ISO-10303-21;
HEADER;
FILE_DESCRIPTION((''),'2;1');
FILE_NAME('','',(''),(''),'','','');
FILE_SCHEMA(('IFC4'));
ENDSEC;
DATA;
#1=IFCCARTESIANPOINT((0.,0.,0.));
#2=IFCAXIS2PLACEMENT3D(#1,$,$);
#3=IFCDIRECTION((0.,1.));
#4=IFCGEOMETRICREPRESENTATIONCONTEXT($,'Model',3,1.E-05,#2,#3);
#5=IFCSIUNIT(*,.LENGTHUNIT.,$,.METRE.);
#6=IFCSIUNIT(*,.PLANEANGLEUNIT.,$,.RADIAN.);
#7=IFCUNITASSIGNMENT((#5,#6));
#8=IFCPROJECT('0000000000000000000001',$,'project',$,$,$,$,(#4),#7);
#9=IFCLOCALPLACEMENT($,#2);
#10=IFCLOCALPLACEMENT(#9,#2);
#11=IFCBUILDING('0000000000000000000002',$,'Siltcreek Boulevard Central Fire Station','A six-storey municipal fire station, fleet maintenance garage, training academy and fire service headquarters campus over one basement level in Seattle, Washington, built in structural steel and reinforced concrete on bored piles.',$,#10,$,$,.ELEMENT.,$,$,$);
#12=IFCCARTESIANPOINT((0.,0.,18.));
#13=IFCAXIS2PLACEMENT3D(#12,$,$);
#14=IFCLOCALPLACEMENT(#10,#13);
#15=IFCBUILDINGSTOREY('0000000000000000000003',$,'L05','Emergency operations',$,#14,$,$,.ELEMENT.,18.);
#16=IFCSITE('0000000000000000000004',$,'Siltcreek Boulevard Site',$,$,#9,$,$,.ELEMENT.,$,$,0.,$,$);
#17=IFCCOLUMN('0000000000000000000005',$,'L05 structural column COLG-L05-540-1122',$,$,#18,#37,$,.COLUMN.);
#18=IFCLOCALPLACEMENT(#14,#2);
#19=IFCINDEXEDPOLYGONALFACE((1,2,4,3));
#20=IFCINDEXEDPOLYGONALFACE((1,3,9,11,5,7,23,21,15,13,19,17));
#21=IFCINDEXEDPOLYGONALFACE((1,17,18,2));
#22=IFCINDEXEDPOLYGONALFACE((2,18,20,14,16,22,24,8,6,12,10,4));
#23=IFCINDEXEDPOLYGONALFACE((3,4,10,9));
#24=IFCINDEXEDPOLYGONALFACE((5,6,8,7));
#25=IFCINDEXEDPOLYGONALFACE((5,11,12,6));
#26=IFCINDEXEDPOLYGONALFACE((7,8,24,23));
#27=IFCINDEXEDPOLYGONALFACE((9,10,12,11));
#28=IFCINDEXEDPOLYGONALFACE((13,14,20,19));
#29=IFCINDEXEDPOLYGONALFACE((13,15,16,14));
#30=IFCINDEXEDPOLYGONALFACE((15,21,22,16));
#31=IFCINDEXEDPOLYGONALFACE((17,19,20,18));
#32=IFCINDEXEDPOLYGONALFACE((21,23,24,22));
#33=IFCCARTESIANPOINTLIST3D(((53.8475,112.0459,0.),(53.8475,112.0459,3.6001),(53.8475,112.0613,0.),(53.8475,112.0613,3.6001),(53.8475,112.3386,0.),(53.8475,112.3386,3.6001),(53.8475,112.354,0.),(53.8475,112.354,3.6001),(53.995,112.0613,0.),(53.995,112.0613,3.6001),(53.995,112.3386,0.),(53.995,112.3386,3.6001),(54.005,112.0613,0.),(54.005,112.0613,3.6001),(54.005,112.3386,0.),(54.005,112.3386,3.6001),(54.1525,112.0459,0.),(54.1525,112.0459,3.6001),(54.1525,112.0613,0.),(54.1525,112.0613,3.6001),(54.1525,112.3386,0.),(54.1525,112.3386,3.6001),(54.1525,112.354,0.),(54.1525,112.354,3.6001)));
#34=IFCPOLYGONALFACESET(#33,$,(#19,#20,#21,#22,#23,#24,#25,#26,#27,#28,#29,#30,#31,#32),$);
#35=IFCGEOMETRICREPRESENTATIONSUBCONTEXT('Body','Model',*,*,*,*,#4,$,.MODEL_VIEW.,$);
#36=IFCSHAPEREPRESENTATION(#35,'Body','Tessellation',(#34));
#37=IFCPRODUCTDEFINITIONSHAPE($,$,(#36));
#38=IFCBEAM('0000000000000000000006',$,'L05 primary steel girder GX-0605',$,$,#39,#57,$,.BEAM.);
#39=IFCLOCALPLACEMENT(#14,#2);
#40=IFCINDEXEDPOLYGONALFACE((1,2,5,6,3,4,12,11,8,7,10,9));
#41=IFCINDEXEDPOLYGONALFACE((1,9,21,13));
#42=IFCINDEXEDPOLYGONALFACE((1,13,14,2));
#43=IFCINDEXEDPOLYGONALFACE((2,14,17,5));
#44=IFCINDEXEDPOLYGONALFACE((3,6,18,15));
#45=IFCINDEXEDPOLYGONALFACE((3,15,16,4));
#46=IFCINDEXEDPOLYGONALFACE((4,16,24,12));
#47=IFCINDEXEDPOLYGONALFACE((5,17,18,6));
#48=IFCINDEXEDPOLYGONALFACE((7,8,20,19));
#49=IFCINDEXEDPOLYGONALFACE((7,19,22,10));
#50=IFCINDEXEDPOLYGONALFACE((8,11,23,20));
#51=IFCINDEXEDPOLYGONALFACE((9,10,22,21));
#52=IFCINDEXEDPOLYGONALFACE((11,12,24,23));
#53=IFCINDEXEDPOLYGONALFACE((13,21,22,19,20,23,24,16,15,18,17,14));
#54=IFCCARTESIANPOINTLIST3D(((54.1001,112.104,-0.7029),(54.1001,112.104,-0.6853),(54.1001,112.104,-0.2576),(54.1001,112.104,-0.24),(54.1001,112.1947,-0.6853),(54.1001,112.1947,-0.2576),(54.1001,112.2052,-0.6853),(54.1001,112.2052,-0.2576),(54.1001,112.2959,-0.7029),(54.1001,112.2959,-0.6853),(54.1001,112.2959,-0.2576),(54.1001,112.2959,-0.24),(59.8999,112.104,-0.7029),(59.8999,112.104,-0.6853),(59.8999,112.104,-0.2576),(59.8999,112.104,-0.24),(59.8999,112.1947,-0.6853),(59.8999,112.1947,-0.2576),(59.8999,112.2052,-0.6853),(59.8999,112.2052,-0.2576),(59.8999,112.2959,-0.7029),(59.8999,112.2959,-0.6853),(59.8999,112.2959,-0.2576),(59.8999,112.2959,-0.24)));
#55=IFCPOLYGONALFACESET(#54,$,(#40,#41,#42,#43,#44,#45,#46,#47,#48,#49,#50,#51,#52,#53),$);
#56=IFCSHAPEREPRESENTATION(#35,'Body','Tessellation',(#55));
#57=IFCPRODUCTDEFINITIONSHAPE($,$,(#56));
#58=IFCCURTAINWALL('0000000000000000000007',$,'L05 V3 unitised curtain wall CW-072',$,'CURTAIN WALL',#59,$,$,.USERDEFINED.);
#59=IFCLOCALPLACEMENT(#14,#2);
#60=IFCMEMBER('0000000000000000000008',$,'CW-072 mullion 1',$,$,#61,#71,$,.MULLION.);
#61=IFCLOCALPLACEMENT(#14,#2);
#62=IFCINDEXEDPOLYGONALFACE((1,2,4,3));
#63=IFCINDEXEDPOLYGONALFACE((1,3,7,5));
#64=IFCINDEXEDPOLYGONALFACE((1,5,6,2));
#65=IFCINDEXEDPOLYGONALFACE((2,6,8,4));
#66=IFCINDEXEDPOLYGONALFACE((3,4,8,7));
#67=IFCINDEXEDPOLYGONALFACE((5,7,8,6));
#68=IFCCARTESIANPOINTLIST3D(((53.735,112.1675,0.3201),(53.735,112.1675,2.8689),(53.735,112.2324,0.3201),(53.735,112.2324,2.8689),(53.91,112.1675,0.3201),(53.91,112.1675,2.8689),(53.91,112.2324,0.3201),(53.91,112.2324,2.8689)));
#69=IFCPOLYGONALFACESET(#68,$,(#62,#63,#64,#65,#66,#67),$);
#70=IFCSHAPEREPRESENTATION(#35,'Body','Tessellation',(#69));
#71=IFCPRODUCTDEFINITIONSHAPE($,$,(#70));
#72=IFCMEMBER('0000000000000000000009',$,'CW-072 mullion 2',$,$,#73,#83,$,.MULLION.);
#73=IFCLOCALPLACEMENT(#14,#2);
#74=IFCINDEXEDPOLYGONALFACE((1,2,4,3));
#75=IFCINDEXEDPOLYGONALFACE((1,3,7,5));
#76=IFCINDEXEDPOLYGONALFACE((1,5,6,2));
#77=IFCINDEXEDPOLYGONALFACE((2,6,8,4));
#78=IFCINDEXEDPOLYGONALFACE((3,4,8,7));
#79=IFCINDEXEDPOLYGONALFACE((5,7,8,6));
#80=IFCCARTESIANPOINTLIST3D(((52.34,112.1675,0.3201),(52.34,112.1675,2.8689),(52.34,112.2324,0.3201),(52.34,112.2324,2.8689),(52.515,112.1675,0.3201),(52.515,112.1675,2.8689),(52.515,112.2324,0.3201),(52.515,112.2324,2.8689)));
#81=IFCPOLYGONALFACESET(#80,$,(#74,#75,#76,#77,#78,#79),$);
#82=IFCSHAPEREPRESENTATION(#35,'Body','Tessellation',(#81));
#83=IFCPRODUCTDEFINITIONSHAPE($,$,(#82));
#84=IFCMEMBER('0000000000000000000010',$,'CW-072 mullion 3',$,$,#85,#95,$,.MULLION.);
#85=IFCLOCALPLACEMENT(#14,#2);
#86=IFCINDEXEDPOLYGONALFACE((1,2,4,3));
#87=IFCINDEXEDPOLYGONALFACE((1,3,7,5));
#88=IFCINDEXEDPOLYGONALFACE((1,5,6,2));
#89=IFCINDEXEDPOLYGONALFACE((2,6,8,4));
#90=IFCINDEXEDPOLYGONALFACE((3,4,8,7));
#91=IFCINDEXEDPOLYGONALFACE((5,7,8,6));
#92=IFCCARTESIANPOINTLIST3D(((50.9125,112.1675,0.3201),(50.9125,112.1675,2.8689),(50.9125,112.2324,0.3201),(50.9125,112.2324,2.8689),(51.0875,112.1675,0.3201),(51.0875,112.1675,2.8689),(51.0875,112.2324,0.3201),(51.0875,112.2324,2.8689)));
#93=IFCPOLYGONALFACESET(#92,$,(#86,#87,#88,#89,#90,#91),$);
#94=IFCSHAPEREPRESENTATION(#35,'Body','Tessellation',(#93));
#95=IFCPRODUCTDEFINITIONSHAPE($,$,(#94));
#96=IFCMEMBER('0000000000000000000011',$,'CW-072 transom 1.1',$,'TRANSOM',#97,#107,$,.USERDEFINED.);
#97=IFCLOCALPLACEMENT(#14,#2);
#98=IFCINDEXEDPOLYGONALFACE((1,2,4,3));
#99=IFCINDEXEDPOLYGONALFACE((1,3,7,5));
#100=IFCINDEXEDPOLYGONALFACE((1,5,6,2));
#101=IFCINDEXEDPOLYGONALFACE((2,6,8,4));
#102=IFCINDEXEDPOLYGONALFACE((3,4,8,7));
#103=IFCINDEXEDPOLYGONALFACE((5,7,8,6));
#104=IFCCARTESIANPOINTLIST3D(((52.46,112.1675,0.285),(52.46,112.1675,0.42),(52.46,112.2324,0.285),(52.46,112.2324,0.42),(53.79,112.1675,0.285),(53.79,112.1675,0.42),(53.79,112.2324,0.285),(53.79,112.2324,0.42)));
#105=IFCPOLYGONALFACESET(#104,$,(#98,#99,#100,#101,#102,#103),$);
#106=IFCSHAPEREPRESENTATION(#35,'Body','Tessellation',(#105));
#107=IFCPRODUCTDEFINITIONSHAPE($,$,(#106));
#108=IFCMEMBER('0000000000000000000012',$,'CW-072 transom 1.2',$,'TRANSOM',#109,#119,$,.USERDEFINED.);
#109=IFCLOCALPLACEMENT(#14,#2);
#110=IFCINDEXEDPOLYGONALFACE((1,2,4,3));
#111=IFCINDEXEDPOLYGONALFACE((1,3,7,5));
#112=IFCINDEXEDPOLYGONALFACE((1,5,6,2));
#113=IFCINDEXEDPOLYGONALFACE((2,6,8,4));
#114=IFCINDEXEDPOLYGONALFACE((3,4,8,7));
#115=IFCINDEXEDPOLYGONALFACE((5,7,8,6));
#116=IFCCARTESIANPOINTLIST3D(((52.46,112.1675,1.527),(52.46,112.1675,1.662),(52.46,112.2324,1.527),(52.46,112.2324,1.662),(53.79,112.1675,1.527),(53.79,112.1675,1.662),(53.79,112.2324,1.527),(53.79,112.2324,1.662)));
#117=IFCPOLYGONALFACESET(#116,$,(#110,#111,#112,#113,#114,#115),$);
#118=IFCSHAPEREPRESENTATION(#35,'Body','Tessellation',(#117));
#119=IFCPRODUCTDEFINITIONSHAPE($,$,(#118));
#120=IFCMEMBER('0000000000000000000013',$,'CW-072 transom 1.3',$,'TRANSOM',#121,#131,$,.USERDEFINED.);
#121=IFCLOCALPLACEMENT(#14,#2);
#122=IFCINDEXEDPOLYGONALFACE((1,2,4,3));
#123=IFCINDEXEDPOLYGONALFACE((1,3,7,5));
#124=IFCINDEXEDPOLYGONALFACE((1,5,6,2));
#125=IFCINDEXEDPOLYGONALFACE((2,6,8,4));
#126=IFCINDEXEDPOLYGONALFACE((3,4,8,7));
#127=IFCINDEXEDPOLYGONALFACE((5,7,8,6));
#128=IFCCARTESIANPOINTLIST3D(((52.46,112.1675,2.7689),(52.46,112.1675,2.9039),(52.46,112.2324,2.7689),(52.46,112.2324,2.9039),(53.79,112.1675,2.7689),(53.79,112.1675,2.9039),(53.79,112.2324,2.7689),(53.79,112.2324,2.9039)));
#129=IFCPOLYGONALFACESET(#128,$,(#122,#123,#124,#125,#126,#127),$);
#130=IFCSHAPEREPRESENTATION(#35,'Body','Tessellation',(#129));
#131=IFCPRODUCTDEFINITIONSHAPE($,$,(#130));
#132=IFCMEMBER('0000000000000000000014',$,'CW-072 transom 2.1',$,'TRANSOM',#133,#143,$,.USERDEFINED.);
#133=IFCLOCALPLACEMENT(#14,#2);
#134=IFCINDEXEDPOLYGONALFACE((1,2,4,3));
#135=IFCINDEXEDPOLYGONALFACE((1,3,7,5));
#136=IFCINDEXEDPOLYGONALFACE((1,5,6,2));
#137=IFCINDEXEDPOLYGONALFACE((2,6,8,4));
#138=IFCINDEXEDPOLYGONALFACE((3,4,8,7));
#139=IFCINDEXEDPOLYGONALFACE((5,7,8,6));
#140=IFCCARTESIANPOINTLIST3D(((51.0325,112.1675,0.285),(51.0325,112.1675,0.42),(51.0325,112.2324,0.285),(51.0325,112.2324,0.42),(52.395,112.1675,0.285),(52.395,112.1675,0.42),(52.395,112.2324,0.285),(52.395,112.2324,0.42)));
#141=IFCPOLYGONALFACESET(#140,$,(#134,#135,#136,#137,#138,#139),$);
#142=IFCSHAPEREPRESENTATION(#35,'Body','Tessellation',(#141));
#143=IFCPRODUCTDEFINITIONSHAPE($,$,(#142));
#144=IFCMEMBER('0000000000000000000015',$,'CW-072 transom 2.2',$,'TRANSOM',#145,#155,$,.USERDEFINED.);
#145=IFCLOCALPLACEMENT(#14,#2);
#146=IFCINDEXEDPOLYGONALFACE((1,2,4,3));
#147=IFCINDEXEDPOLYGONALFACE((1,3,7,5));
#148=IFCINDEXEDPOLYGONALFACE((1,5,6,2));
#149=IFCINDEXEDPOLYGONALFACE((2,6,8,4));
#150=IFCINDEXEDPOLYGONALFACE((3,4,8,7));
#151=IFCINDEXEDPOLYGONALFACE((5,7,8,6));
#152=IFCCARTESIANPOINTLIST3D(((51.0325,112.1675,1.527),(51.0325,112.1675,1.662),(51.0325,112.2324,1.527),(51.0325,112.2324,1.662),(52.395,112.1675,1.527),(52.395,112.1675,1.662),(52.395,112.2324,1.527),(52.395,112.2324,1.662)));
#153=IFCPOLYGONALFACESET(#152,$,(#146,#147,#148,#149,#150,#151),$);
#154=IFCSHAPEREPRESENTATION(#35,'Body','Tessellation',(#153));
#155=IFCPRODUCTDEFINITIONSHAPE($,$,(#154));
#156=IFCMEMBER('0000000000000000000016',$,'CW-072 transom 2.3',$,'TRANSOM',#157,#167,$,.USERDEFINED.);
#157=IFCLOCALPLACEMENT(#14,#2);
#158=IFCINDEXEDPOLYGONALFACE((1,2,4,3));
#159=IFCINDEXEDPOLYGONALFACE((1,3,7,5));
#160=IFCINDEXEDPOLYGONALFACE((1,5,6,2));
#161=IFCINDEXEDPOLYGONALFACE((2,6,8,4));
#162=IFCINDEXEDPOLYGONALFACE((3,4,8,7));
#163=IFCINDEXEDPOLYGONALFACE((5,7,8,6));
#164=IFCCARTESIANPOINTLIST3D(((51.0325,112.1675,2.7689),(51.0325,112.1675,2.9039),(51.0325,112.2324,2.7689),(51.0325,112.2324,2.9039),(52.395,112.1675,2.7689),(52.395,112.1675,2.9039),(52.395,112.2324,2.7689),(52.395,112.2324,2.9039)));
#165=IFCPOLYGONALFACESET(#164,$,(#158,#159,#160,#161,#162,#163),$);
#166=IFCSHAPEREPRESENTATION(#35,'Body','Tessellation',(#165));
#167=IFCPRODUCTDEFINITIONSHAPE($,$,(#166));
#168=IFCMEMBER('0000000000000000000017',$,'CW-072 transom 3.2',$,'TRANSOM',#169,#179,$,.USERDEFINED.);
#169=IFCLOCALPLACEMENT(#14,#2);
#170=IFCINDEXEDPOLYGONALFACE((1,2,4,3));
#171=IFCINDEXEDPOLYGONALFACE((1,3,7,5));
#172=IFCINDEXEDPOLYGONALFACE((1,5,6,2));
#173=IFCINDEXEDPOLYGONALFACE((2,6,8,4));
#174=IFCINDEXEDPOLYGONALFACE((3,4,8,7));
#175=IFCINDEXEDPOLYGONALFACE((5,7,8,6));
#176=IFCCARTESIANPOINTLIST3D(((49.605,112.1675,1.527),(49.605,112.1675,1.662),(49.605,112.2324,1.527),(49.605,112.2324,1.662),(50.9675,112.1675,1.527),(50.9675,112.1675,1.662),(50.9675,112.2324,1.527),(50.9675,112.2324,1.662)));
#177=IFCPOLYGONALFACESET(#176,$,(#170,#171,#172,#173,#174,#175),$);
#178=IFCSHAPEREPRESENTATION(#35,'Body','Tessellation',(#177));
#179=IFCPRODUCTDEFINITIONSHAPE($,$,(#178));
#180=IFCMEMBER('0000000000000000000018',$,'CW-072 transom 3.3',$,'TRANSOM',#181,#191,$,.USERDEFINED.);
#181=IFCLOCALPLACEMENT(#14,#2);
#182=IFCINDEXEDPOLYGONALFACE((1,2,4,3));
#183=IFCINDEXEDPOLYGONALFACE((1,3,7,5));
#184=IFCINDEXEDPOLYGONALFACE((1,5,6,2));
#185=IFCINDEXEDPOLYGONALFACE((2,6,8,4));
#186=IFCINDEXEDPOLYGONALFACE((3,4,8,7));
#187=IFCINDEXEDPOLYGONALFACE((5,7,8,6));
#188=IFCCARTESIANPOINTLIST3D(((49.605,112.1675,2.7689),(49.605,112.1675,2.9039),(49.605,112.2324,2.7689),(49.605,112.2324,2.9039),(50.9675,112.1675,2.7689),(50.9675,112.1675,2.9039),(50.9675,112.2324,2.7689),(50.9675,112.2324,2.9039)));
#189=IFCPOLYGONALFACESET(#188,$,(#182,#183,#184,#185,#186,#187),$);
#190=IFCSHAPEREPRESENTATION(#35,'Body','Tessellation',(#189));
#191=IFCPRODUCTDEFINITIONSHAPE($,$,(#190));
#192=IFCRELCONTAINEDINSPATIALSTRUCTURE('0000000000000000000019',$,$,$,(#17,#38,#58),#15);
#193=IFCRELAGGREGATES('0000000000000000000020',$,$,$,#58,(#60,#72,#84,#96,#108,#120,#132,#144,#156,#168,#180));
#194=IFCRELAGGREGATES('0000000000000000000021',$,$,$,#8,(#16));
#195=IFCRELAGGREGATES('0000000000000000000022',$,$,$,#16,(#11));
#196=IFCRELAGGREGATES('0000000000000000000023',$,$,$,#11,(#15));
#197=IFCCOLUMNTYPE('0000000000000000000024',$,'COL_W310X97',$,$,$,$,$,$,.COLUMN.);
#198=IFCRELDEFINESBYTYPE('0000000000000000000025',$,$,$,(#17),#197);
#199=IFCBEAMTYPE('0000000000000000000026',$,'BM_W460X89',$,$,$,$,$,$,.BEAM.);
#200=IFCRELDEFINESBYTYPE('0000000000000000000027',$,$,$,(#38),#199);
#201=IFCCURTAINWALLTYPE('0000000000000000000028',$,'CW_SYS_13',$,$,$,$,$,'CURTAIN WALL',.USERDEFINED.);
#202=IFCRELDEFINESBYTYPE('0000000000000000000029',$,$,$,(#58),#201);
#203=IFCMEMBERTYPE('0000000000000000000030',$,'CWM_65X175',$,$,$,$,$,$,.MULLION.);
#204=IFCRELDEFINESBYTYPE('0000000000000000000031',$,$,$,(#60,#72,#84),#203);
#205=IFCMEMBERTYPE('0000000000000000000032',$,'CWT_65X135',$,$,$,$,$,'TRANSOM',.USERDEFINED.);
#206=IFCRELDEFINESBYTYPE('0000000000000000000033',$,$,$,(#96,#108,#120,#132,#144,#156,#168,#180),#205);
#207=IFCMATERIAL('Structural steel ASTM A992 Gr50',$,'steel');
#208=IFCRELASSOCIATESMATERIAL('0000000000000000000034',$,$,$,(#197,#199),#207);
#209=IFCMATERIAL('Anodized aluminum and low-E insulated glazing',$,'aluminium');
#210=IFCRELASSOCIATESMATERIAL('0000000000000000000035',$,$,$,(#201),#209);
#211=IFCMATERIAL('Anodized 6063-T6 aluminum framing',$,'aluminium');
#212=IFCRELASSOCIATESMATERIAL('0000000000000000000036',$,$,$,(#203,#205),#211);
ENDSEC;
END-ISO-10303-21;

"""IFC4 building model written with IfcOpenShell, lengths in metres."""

from ifc_helpers import new_model, si_unit, direction, frame, origin, origin_2d, place, context, subcontext, project, spatial, rectangle, i_section, extrude, material, material_profile, profile_set, type_object, element, aggregate, save


model = new_model("IFC4")

# Units and contexts
model_context = context("Model", 3, precision=1e-05, world=origin(), true_north=direction((0.0, 1.0)))
body_context = subcontext(model_context, "Body", "Model", "MODEL_VIEW")
ifc_project = project(units=[si_unit("LENGTHUNIT", "METRE"), si_unit("PLANEANGLEUNIT", "RADIAN")], contexts=[model_context])

# Site, building, storey
site_placement = place(None, origin())
site = spatial("IfcSite", under=ifc_project, at=site_placement, Name="Siltcreek Boulevard Site", CompositionType="ELEMENT", RefElevation=0.0)
building_placement = place(site_placement, origin())
building = spatial("IfcBuilding", under=site, at=building_placement, Name="Siltcreek Boulevard Central Fire Station", Description="A six-storey municipal fire station, fleet maintenance garage, training academy and fire service headquarters campus over one basement level in Seattle, Washington, built in structural steel and reinforced concrete on bored piles.", CompositionType="ELEMENT")
storey_placement = place(building_placement, frame((0.0, 0.0, 18.0)))
storey = spatial("IfcBuildingStorey", under=building, at=storey_placement, Name="L05", Description="Emergency operations", CompositionType="ELEMENT", Elevation=18.0)

# Column
ifc_material_1 = material(Name="Structural steel ASTM A992 Gr50", Category="steel")
ifc_material_profile_1 = material_profile(ifc_material_1, i_section(OverallWidth=0.3049, OverallDepth=0.3081, WebThickness=0.01, FlangeThickness=0.0154, at=origin_2d()), Name="W310X97")
ifc_profile_set_1 = profile_set([ifc_material_profile_1], Name="Structural steel ASTM A992 Gr50")
column_type = type_object("IfcColumnType", Name="COL_W310X97", PredefinedType="COLUMN", material=ifc_profile_set_1)
column_placement = place(storey_placement, frame((54.0, 112.2, 0.0), z_axis=(0.0, 0.0, 1.0), x_axis=(1.0, 0.0, 0.0)))
element("IfcColumn", 1, at=column_placement, inside=storey, type_object=column_type, Name="L05 structural column COLG-L05-540-1122", PredefinedType="COLUMN", context=body_context, shape_type="SweptSolid", body=[
    extrude(i_section(OverallWidth=0.3049, OverallDepth=0.3081, WebThickness=0.01, FlangeThickness=0.0154, at=origin_2d()), origin(), (0.0, 0.0, 1.0), 3.6001),
])

# Beam
ifc_material_profile_2 = material_profile(ifc_material_1, i_section(OverallWidth=0.1919, OverallDepth=0.4629, WebThickness=0.0105, FlangeThickness=0.0176, at=origin_2d()), Name="W460X89")
ifc_profile_set_2 = profile_set([ifc_material_profile_2], Name="Structural steel ASTM A992 Gr50")
beam_type = type_object("IfcBeamType", Name="BM_W460X89", PredefinedType="BEAM", material=ifc_profile_set_2)
beam_placement = place(storey_placement, frame((54.1001, 112.2, -0.4714), z_axis=(1.0, 0.0, 0.0), x_axis=(0.0, 1.0, 0.0)))
element("IfcBeam", 2, at=beam_placement, inside=storey, type_object=beam_type, Name="L05 primary steel girder GX-0605", PredefinedType="BEAM", context=body_context, shape_type="SweptSolid", body=[
    extrude(i_section(OverallWidth=0.1919, OverallDepth=0.4629, WebThickness=0.0105, FlangeThickness=0.0176, at=origin_2d()), origin(), (0.0, 0.0, 1.0), 5.7998),
])

# Curtain wall, members
ifc_material_2 = material(Name="Anodized aluminum and low-E insulated glazing", Category="aluminium")
curtain_wall_type = type_object("IfcCurtainWallType", Name="CW_SYS_13", ElementType="CURTAIN WALL", PredefinedType="USERDEFINED", material=ifc_material_2)
curtain_wall_placement = place(storey_placement, origin())
curtain_wall = element("IfcCurtainWall", 3, at=curtain_wall_placement, inside=storey, type_object=curtain_wall_type, Name="L05 V3 unitised curtain wall CW-072", ObjectType="CURTAIN WALL", PredefinedType="USERDEFINED")
ifc_material_3 = material(Name="Anodized 6063-T6 aluminum framing", Category="aluminium")
ifc_material_profile_3 = material_profile(ifc_material_3, rectangle(XDim=0.0649, YDim=0.175, at=origin_2d()), Name="MULL65X175")
ifc_profile_set_3 = profile_set([ifc_material_profile_3], Name="Anodized 6063-T6 aluminum framing")
member_type_1 = type_object("IfcMemberType", Name="CWM_65X175", PredefinedType="MULLION", material=ifc_profile_set_3)
member_1_placement = place(storey_placement, frame((53.8225, 112.2, 0.3201), z_axis=(0.0, 0.0, 1.0), x_axis=(0.0, -1.0, 0.0)))
member_1 = element("IfcMember", 4, at=member_1_placement, type_object=member_type_1, Name="CW-072 mullion 1", PredefinedType="MULLION", context=body_context, shape_type="SweptSolid", body=[
    extrude(rectangle(XDim=0.0649, YDim=0.175, at=origin_2d()), origin(), (0.0, 0.0, 1.0), 2.5488),
])
member_2_placement = place(storey_placement, frame((52.4275, 112.2, 0.3201), z_axis=(0.0, 0.0, 1.0), x_axis=(0.0, -1.0, 0.0)))
member_2 = element("IfcMember", 5, at=member_2_placement, type_object=member_type_1, Name="CW-072 mullion 2", PredefinedType="MULLION", context=body_context, shape_type="SweptSolid", body=[
    extrude(rectangle(XDim=0.0649, YDim=0.175, at=origin_2d()), origin(), (0.0, 0.0, 1.0), 2.5488),
])
member_3_placement = place(storey_placement, frame((51.0, 112.2, 0.3201), z_axis=(0.0, 0.0, 1.0), x_axis=(0.0, -1.0, 0.0)))
member_3 = element("IfcMember", 6, at=member_3_placement, type_object=member_type_1, Name="CW-072 mullion 3", PredefinedType="MULLION", context=body_context, shape_type="SweptSolid", body=[
    extrude(rectangle(XDim=0.0649, YDim=0.175, at=origin_2d()), origin(), (0.0, 0.0, 1.0), 2.5488),
])
ifc_material_profile_4 = material_profile(ifc_material_3, rectangle(XDim=0.0649, YDim=0.135, at=origin_2d()), Name="TRAN65X135")
ifc_profile_set_4 = profile_set([ifc_material_profile_4], Name="Anodized 6063-T6 aluminum framing")
member_type_2 = type_object("IfcMemberType", Name="CWT_65X135", ElementType="TRANSOM", PredefinedType="USERDEFINED", material=ifc_profile_set_4)
member_4_placement = place(storey_placement, frame((53.79, 112.2, 0.3525), z_axis=(-1.0, 0.0, 0.0), x_axis=(0.0, -1.0, 0.0)))
member_4 = element("IfcMember", 7, at=member_4_placement, type_object=member_type_2, Name="CW-072 transom 1.1", ObjectType="TRANSOM", PredefinedType="USERDEFINED", context=body_context, shape_type="SweptSolid", body=[
    extrude(rectangle(XDim=0.0649, YDim=0.135, at=origin_2d()), origin(), (0.0, 0.0, 1.0), 1.3301),
])
member_5_placement = place(storey_placement, frame((53.79, 112.2, 1.5945), z_axis=(-1.0, 0.0, 0.0), x_axis=(0.0, -1.0, 0.0)))
member_5 = element("IfcMember", 8, at=member_5_placement, type_object=member_type_2, Name="CW-072 transom 1.2", ObjectType="TRANSOM", PredefinedType="USERDEFINED", context=body_context, shape_type="SweptSolid", body=[
    extrude(rectangle(XDim=0.0649, YDim=0.135, at=origin_2d()), origin(), (0.0, 0.0, 1.0), 1.3301),
])
member_6_placement = place(storey_placement, frame((53.79, 112.2, 2.8364), z_axis=(-1.0, 0.0, 0.0), x_axis=(0.0, -1.0, 0.0)))
member_6 = element("IfcMember", 9, at=member_6_placement, type_object=member_type_2, Name="CW-072 transom 1.3", ObjectType="TRANSOM", PredefinedType="USERDEFINED", context=body_context, shape_type="SweptSolid", body=[
    extrude(rectangle(XDim=0.0649, YDim=0.135, at=origin_2d()), origin(), (0.0, 0.0, 1.0), 1.3301),
])
member_7_placement = place(storey_placement, frame((52.395, 112.2, 0.3525), z_axis=(-1.0, 0.0, 0.0), x_axis=(0.0, -1.0, 0.0)))
member_7 = element("IfcMember", 10, at=member_7_placement, type_object=member_type_2, Name="CW-072 transom 2.1", ObjectType="TRANSOM", PredefinedType="USERDEFINED", context=body_context, shape_type="SweptSolid", body=[
    extrude(rectangle(XDim=0.0649, YDim=0.135, at=origin_2d()), origin(), (0.0, 0.0, 1.0), 1.3625),
])
member_8_placement = place(storey_placement, frame((52.395, 112.2, 1.5945), z_axis=(-1.0, 0.0, 0.0), x_axis=(0.0, -1.0, 0.0)))
member_8 = element("IfcMember", 11, at=member_8_placement, type_object=member_type_2, Name="CW-072 transom 2.2", ObjectType="TRANSOM", PredefinedType="USERDEFINED", context=body_context, shape_type="SweptSolid", body=[
    extrude(rectangle(XDim=0.0649, YDim=0.135, at=origin_2d()), origin(), (0.0, 0.0, 1.0), 1.3625),
])
member_9_placement = place(storey_placement, frame((52.395, 112.2, 2.8364), z_axis=(-1.0, 0.0, 0.0), x_axis=(0.0, -1.0, 0.0)))
member_9 = element("IfcMember", 12, at=member_9_placement, type_object=member_type_2, Name="CW-072 transom 2.3", ObjectType="TRANSOM", PredefinedType="USERDEFINED", context=body_context, shape_type="SweptSolid", body=[
    extrude(rectangle(XDim=0.0649, YDim=0.135, at=origin_2d()), origin(), (0.0, 0.0, 1.0), 1.3625),
])
member_10_placement = place(storey_placement, frame((50.9675, 112.2, 1.5945), z_axis=(-1.0, 0.0, 0.0), x_axis=(0.0, -1.0, 0.0)))
member_10 = element("IfcMember", 13, at=member_10_placement, type_object=member_type_2, Name="CW-072 transom 3.2", ObjectType="TRANSOM", PredefinedType="USERDEFINED", context=body_context, shape_type="SweptSolid", body=[
    extrude(rectangle(XDim=0.0649, YDim=0.135, at=origin_2d()), origin(), (0.0, 0.0, 1.0), 1.3625),
])
member_11_placement = place(storey_placement, frame((50.9675, 112.2, 2.8364), z_axis=(-1.0, 0.0, 0.0), x_axis=(0.0, -1.0, 0.0)))
member_11 = element("IfcMember", 14, at=member_11_placement, type_object=member_type_2, Name="CW-072 transom 3.3", ObjectType="TRANSOM", PredefinedType="USERDEFINED", context=body_context, shape_type="SweptSolid", body=[
    extrude(rectangle(XDim=0.0649, YDim=0.135, at=origin_2d()), origin(), (0.0, 0.0, 1.0), 1.3625),
])
aggregate(curtain_wall, [member_1, member_2, member_3, member_4, member_5, member_6, member_7, member_8, member_9, member_10, member_11])

save(model, "model.ifc")
